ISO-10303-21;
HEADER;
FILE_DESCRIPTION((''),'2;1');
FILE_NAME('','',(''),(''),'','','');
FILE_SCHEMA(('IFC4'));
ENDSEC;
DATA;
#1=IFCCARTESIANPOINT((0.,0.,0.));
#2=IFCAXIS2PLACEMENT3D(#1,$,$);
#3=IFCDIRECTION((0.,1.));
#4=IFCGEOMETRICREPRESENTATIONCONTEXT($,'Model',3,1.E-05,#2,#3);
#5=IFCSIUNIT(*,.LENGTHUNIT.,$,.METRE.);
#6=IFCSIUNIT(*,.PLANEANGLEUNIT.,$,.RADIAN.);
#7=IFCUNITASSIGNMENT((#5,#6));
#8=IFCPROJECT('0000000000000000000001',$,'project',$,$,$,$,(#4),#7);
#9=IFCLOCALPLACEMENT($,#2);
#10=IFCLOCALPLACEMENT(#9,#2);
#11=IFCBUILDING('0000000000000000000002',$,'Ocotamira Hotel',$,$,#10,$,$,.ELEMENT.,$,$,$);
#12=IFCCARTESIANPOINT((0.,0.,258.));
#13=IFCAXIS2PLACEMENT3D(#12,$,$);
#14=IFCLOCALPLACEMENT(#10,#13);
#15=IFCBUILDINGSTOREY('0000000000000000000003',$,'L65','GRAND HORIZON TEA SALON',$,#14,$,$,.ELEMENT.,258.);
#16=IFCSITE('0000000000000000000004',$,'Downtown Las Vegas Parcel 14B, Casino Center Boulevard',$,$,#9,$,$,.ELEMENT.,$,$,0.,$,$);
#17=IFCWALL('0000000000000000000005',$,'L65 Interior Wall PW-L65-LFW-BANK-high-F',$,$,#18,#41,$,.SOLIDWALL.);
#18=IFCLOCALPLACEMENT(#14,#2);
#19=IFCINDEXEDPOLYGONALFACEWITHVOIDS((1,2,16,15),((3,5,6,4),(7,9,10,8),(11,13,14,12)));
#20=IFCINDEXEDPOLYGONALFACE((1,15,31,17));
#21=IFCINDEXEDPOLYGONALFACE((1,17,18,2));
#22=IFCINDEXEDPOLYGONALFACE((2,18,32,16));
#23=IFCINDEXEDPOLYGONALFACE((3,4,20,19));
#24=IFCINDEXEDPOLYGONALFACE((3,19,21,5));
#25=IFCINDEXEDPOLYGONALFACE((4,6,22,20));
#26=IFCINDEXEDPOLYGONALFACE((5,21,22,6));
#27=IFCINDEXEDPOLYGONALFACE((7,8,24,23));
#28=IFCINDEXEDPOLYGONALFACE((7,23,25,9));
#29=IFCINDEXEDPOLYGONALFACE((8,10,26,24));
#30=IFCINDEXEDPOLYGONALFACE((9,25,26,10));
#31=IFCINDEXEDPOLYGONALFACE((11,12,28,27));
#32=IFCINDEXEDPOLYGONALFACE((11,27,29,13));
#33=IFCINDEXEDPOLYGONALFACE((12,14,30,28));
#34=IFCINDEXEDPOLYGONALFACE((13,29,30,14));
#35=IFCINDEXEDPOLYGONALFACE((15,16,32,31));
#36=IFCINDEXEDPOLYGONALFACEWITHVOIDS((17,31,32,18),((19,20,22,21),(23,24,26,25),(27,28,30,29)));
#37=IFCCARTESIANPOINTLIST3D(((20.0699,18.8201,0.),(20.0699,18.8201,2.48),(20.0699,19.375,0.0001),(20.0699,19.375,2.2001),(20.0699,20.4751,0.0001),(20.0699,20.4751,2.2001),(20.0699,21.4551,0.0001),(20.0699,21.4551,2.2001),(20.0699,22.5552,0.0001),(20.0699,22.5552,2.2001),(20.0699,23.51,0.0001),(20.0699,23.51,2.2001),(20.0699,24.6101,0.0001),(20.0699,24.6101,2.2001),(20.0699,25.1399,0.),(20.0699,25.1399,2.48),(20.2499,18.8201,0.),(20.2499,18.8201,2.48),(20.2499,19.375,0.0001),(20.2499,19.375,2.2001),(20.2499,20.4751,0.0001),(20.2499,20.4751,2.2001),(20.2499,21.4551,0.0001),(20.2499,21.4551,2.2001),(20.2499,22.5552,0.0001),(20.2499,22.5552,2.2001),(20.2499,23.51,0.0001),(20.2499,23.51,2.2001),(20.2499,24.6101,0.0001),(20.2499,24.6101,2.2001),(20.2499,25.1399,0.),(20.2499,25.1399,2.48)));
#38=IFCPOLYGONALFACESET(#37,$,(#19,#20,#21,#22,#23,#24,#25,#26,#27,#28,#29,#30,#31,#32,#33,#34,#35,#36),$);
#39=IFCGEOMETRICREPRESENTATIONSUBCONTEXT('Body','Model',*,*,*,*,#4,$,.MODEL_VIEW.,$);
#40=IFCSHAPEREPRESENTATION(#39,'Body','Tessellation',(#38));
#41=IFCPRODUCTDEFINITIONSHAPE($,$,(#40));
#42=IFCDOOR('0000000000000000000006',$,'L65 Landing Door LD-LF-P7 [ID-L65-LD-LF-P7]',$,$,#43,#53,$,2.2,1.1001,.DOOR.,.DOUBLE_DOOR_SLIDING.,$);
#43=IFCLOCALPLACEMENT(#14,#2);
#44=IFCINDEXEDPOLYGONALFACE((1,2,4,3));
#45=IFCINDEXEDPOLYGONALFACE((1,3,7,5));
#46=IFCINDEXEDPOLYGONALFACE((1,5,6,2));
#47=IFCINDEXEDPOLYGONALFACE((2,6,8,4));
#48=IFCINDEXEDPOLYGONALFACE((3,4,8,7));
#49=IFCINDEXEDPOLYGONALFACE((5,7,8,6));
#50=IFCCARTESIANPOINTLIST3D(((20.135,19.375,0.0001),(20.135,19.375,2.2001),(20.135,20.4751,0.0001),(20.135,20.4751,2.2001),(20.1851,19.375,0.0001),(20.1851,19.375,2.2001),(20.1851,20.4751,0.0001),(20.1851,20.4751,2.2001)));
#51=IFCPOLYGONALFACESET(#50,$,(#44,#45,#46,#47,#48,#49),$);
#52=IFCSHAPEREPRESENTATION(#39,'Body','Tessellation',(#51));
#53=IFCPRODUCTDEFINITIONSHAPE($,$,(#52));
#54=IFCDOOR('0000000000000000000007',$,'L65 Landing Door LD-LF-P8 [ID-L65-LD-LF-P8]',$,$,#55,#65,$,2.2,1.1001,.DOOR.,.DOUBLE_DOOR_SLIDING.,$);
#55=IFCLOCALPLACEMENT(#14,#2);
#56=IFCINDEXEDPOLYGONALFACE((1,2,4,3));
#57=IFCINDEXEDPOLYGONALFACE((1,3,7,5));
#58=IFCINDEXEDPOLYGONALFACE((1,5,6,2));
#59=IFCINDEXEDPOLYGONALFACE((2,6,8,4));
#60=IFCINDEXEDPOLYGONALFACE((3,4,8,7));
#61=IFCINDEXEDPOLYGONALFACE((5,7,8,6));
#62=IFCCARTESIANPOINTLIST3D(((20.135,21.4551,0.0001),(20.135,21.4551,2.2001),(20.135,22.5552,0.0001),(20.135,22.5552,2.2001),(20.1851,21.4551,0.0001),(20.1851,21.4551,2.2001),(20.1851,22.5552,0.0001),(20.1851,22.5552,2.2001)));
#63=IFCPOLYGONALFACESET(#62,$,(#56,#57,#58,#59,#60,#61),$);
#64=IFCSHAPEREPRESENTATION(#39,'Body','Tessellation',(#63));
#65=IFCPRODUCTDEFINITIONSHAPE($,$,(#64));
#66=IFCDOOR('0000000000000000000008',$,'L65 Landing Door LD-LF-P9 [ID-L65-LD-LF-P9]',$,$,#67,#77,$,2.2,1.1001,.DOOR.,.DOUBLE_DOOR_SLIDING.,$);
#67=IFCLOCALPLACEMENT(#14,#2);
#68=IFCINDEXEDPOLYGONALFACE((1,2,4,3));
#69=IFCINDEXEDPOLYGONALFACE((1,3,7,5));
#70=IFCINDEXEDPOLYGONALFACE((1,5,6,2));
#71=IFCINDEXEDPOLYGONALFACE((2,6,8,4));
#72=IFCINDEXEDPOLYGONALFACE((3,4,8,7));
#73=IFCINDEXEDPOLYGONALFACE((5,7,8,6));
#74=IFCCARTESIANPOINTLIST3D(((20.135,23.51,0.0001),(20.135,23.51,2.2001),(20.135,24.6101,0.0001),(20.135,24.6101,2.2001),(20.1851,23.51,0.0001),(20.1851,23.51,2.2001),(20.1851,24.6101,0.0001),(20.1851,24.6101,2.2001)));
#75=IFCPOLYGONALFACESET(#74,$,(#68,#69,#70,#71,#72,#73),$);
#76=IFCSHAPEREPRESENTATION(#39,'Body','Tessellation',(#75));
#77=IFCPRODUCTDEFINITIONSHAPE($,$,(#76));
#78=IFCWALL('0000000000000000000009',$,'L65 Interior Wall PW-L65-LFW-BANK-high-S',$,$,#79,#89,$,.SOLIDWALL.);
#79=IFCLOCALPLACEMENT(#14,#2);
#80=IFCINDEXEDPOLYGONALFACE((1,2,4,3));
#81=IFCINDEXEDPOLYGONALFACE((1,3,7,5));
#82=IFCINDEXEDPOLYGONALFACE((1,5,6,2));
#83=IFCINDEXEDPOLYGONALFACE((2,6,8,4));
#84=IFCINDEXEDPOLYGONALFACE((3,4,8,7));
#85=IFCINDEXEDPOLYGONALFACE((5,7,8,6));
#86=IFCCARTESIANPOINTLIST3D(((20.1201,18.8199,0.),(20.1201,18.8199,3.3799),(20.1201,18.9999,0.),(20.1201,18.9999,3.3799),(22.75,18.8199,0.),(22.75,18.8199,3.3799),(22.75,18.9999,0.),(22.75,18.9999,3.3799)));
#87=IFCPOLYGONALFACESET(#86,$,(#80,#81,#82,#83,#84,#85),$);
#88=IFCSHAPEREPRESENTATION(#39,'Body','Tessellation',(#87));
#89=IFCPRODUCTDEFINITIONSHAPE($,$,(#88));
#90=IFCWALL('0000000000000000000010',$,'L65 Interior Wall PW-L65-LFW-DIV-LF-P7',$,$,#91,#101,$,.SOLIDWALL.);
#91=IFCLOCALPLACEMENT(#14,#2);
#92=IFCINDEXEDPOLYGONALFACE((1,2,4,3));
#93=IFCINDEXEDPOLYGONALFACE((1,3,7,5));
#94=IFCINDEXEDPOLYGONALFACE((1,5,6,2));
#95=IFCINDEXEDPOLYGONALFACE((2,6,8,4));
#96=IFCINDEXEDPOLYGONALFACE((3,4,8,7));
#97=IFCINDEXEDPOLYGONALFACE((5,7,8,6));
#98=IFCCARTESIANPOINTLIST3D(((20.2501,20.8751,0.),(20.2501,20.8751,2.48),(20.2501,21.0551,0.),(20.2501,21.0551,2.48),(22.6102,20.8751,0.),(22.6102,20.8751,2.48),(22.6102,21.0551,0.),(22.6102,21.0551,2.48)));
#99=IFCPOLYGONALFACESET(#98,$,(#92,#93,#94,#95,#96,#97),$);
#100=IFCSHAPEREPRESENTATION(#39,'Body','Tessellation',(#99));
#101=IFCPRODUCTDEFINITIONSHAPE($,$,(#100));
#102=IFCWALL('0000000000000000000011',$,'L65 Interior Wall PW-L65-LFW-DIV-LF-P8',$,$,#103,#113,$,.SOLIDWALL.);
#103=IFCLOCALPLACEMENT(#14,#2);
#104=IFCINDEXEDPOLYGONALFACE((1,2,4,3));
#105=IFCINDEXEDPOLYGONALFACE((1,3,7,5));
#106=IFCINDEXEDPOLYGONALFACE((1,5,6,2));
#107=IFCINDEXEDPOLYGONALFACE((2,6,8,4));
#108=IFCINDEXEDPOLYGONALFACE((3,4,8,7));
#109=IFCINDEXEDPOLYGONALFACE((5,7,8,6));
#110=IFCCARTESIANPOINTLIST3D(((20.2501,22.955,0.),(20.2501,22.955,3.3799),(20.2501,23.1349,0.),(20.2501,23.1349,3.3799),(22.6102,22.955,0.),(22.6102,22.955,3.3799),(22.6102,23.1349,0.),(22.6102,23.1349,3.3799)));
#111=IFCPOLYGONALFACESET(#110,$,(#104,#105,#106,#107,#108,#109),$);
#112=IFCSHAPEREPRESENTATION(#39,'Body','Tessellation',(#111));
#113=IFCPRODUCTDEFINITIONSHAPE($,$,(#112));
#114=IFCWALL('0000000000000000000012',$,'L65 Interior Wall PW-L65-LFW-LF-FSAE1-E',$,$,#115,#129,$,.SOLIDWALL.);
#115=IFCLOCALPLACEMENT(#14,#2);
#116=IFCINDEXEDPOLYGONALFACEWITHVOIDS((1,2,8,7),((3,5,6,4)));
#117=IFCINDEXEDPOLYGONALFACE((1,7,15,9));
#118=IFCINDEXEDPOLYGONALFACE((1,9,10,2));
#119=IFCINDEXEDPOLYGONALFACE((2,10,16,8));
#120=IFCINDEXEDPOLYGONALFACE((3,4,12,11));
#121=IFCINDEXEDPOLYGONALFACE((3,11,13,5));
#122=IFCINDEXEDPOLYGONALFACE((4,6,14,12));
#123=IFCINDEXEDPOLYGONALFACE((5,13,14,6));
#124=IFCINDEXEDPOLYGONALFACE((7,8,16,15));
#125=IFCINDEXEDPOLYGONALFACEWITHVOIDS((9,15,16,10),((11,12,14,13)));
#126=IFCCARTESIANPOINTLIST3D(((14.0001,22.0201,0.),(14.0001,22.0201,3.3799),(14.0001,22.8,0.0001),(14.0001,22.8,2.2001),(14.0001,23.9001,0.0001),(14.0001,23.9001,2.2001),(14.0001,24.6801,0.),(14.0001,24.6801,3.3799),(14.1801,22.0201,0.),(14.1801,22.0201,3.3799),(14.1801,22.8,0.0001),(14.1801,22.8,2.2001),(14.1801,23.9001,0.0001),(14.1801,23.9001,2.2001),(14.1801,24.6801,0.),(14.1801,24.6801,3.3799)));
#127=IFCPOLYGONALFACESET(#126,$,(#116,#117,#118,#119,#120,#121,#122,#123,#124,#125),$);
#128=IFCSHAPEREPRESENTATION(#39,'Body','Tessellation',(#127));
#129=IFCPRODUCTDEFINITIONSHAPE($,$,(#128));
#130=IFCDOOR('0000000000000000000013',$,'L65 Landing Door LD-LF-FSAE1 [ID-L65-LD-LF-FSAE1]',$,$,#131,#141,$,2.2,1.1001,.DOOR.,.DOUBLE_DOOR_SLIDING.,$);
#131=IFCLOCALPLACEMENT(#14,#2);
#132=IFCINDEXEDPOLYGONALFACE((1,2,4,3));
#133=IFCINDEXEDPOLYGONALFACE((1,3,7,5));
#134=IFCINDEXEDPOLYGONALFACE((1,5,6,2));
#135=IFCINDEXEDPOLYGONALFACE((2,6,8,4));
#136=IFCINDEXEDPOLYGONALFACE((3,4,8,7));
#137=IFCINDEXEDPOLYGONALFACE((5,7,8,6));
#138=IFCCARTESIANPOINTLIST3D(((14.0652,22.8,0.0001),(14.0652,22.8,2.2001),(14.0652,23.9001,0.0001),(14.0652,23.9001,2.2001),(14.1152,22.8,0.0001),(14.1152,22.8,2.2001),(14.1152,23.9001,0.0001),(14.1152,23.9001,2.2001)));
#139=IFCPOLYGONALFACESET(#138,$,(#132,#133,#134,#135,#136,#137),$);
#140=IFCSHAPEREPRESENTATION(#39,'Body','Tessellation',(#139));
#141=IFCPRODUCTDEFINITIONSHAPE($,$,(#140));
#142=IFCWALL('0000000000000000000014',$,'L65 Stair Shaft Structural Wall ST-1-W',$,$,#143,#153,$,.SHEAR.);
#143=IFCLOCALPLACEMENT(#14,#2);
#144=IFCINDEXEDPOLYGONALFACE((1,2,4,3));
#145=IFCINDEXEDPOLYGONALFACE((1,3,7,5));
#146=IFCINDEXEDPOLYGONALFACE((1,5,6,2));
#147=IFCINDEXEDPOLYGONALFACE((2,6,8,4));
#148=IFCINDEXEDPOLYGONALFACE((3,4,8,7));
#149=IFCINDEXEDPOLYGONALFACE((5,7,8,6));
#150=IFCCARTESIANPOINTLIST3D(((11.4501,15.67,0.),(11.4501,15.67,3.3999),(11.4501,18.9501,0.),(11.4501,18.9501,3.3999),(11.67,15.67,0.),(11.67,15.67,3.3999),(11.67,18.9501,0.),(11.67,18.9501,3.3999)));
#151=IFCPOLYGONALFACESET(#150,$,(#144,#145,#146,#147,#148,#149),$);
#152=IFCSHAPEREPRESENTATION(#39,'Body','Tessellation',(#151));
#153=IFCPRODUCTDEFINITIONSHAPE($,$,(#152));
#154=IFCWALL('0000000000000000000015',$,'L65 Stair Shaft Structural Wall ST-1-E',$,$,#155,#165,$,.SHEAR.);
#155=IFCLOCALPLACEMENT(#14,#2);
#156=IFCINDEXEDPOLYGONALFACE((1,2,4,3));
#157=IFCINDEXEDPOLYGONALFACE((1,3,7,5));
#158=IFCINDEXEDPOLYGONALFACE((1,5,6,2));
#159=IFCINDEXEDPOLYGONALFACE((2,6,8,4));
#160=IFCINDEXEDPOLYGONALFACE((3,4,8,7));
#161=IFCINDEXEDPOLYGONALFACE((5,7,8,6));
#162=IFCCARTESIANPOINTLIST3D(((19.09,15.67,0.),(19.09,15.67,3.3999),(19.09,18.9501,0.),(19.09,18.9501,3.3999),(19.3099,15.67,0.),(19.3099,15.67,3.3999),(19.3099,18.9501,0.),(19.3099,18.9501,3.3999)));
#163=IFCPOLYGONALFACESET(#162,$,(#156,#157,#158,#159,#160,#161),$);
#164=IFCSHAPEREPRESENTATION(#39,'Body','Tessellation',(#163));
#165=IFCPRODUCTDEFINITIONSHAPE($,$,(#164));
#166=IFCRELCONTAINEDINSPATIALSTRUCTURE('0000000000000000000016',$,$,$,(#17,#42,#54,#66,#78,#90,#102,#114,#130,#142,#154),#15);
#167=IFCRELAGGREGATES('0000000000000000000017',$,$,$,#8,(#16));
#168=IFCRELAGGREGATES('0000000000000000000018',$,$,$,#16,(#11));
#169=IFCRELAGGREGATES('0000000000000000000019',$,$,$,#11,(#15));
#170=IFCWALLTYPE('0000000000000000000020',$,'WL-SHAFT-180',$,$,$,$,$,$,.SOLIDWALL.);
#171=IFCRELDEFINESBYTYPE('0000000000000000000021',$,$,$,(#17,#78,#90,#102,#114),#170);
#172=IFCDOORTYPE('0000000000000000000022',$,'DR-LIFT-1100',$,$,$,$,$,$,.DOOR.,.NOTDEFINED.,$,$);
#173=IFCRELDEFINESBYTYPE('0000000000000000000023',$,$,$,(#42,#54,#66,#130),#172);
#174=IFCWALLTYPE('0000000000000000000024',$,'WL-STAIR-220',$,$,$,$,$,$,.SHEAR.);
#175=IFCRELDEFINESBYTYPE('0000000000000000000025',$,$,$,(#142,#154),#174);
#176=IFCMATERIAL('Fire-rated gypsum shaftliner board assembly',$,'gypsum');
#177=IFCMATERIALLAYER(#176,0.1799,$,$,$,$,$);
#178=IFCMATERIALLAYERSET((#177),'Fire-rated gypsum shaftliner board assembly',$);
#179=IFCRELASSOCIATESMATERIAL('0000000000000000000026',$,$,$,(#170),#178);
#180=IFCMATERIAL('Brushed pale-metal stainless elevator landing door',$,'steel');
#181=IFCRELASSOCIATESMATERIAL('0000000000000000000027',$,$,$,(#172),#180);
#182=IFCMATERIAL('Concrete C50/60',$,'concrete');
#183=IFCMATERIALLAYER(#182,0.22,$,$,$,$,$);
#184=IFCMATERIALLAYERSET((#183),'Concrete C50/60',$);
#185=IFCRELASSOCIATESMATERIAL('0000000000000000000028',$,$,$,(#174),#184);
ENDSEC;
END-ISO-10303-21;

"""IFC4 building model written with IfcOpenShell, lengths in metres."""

from ifc_helpers import new_model, si_unit, direction, frame, frame_2d, origin, place, context, subcontext, project, spatial, rectangle, extrude, source, transform, mapped, material, layer, layer_set, type_object, element, fill, save


model = new_model("IFC4")

# Units and contexts
model_context = context("Model", 3, precision=1e-05, world=origin(), true_north=direction((0.0, 1.0)))
body_context = subcontext(model_context, "Body", "Model", "MODEL_VIEW")
ifc_project = project(units=[si_unit("LENGTHUNIT", "METRE"), si_unit("PLANEANGLEUNIT", "RADIAN")], contexts=[model_context])

# Site, building, storey
site_placement = place(None, origin())
site = spatial("IfcSite", under=ifc_project, at=site_placement, Name="Downtown Las Vegas Parcel 14B, Casino Center Boulevard", CompositionType="ELEMENT", RefElevation=0.0)
building_placement = place(site_placement, origin())
building = spatial("IfcBuilding", under=site, at=building_placement, Name="Ocotamira Hotel", CompositionType="ELEMENT")
storey_placement = place(building_placement, frame((0.0, 0.0, 258.0)))
storey = spatial("IfcBuildingStorey", under=building, at=storey_placement, Name="L65", Description="GRAND HORIZON TEA SALON", CompositionType="ELEMENT", Elevation=258.0)

# Shared definitions
ifc_material_1 = material(Name="Concrete C50/60", Category="concrete")

# Wall, openings, doors
ifc_material_2 = material(Name="Fire-rated gypsum shaftliner board assembly", Category="gypsum")
ifc_layer_1 = layer(ifc_material_2, 0.1799)
ifc_layer_set_1 = layer_set([ifc_layer_1], Name="Fire-rated gypsum shaftliner board assembly")
wall_type_1 = type_object("IfcWallType", Name="WL-SHAFT-180", PredefinedType="SOLIDWALL", material=ifc_layer_set_1)
wall_1_placement = place(storey_placement, frame((20.1599, 18.8201, 0.0), z_axis=(0.0, 0.0, 1.0), x_axis=(0.0, 1.0, 0.0)))
wall_1 = element("IfcWall", 1, at=wall_1_placement, inside=storey, type_object=wall_type_1, Name="L65 Interior Wall PW-L65-LFW-BANK-high-F", PredefinedType="SOLIDWALL", context=body_context, shape_type="SweptSolid", body=[
    extrude(rectangle(XDim=6.3198, YDim=0.1799, at=frame_2d((3.1599, 0.0))), origin(), (0.0, 0.0, 1.0), 2.48),
])
opening_1_placement = place(wall_1_placement, frame((0.5549, 0.0, 0.0)))
opening_1 = element("IfcOpeningElement", 2, at=opening_1_placement, cuts=wall_1, PredefinedType="OPENING", context=body_context, shape_type="SweptSolid", body=[
    extrude(rectangle(XDim=1.1001, YDim=2.2, at=frame_2d((0.55, 1.1001))), frame((0.0, 0.1001, 0.0), z_axis=(0.0, -1.0, 0.0), x_axis=(1.0, 0.0, 0.0)), (0.0, 0.0, 1.0), 0.2),
])
opening_2_placement = place(wall_1_placement, frame((2.635, 0.0, 0.0)))
opening_2 = element("IfcOpeningElement", 3, at=opening_2_placement, cuts=wall_1, PredefinedType="OPENING", context=body_context, shape_type="SweptSolid", body=[
    extrude(rectangle(XDim=1.1001, YDim=2.2, at=frame_2d((0.55, 1.1001))), frame((0.0, 0.1001, 0.0), z_axis=(0.0, -1.0, 0.0), x_axis=(1.0, 0.0, 0.0)), (0.0, 0.0, 1.0), 0.2),
])
opening_3_placement = place(wall_1_placement, frame((4.6899, 0.0, 0.0)))
opening_3 = element("IfcOpeningElement", 4, at=opening_3_placement, cuts=wall_1, PredefinedType="OPENING", context=body_context, shape_type="SweptSolid", body=[
    extrude(rectangle(XDim=1.1001, YDim=2.2, at=frame_2d((0.55, 1.1001))), frame((0.0, 0.1001, 0.0), z_axis=(0.0, -1.0, 0.0), x_axis=(1.0, 0.0, 0.0)), (0.0, 0.0, 1.0), 0.2),
])
ifc_material_3 = material(Name="Brushed pale-metal stainless elevator landing door", Category="steel")
door_type_1 = type_object("IfcDoorType", Name="DR-LIFT-1100", OperationType="NOTDEFINED", PredefinedType="DOOR", material=ifc_material_3)
shared_shape_1 = source(origin(), body_context, "Body", "SweptSolid", [
    extrude(rectangle(XDim=1.1001, YDim=2.2, at=frame_2d((0.55, 1.1001))), frame((0.0, 0.0249, 0.0), z_axis=(0.0, -1.0, 0.0), x_axis=(1.0, 0.0, 0.0)), (0.0, 0.0, 1.0), 0.05),
])
door_1_placement = place(opening_1_placement, origin())
door_1 = element("IfcDoor", 5, at=door_1_placement, inside=storey, type_object=door_type_1, Name="L65 Landing Door LD-LF-P7 [ID-L65-LD-LF-P7]", OperationType="DOUBLE_DOOR_SLIDING", OverallHeight=2.2, OverallWidth=1.1001, PredefinedType="DOOR", context=body_context, shape_type="MappedRepresentation", body=[
    mapped(shared_shape_1, transform((0.0, 0.0, 0.0), scale=1.0)),
])
fill(opening_1, door_1)
door_2_placement = place(opening_2_placement, origin())
door_2 = element("IfcDoor", 6, at=door_2_placement, inside=storey, type_object=door_type_1, Name="L65 Landing Door LD-LF-P8 [ID-L65-LD-LF-P8]", OperationType="DOUBLE_DOOR_SLIDING", OverallHeight=2.2, OverallWidth=1.1001, PredefinedType="DOOR", context=body_context, shape_type="MappedRepresentation", body=[
    mapped(shared_shape_1, transform((0.0, 0.0, 0.0), scale=1.0)),
])
fill(opening_2, door_2)
door_3_placement = place(opening_3_placement, origin())
door_3 = element("IfcDoor", 7, at=door_3_placement, inside=storey, type_object=door_type_1, Name="L65 Landing Door LD-LF-P9 [ID-L65-LD-LF-P9]", OperationType="DOUBLE_DOOR_SLIDING", OverallHeight=2.2, OverallWidth=1.1001, PredefinedType="DOOR", context=body_context, shape_type="MappedRepresentation", body=[
    mapped(shared_shape_1, transform((0.0, 0.0, 0.0), scale=1.0)),
])
fill(opening_3, door_3)

# Walls
wall_2_placement = place(storey_placement, frame((20.1201, 18.9099, 0.0), z_axis=(0.0, 0.0, 1.0), x_axis=(1.0, 0.0, 0.0)))
element("IfcWall", 8, at=wall_2_placement, inside=storey, type_object=wall_type_1, Name="L65 Interior Wall PW-L65-LFW-BANK-high-S", PredefinedType="SOLIDWALL", context=body_context, shape_type="SweptSolid", body=[
    extrude(rectangle(XDim=2.6299, YDim=0.1799, at=frame_2d((1.3149, 0.0))), origin(), (0.0, 0.0, 1.0), 3.3799),
])
wall_3_placement = place(storey_placement, frame((20.25, 20.9651, 0.0), z_axis=(0.0, 0.0, 1.0), x_axis=(1.0, 0.0, 0.0)))
element("IfcWall", 9, at=wall_3_placement, inside=storey, type_object=wall_type_1, Name="L65 Interior Wall PW-L65-LFW-DIV-LF-P7", PredefinedType="SOLIDWALL", context=body_context, shape_type="SweptSolid", body=[
    extrude(rectangle(XDim=2.3601, YDim=0.1799, at=frame_2d((1.1802, 0.0))), origin(), (0.0, 0.0, 1.0), 2.48),
])
wall_4_placement = place(storey_placement, frame((20.25, 23.0449, 0.0), z_axis=(0.0, 0.0, 1.0), x_axis=(1.0, 0.0, 0.0)))
element("IfcWall", 10, at=wall_4_placement, inside=storey, type_object=wall_type_1, Name="L65 Interior Wall PW-L65-LFW-DIV-LF-P8", PredefinedType="SOLIDWALL", context=body_context, shape_type="SweptSolid", body=[
    extrude(rectangle(XDim=2.3601, YDim=0.1799, at=frame_2d((1.1802, 0.0))), origin(), (0.0, 0.0, 1.0), 3.3799),
])

# Wall, opening, door
wall_5_placement = place(storey_placement, frame((14.0901, 22.02, 0.0), z_axis=(0.0, 0.0, 1.0), x_axis=(0.0, 1.0, 0.0)))
wall_5 = element("IfcWall", 11, at=wall_5_placement, inside=storey, type_object=wall_type_1, Name="L65 Interior Wall PW-L65-LFW-LF-FSAE1-E", PredefinedType="SOLIDWALL", context=body_context, shape_type="SweptSolid", body=[
    extrude(rectangle(XDim=2.6599, YDim=0.1799, at=frame_2d((1.3301, 0.0))), origin(), (0.0, 0.0, 1.0), 3.3799),
])
opening_4_placement = place(wall_5_placement, frame((0.78, 0.0, 0.0)))
opening_4 = element("IfcOpeningElement", 12, at=opening_4_placement, cuts=wall_5, PredefinedType="OPENING", context=body_context, shape_type="SweptSolid", body=[
    extrude(rectangle(XDim=1.1001, YDim=2.2, at=frame_2d((0.55, 1.1001))), frame((0.0, 0.1001, 0.0), z_axis=(0.0, -1.0, 0.0), x_axis=(1.0, 0.0, 0.0)), (0.0, 0.0, 1.0), 0.2),
])
door_4_placement = place(opening_4_placement, origin())
door_4 = element("IfcDoor", 13, at=door_4_placement, inside=storey, type_object=door_type_1, Name="L65 Landing Door LD-LF-FSAE1 [ID-L65-LD-LF-FSAE1]", OperationType="DOUBLE_DOOR_SLIDING", OverallHeight=2.2, OverallWidth=1.1001, PredefinedType="DOOR", context=body_context, shape_type="MappedRepresentation", body=[
    mapped(shared_shape_1, transform((0.0, 0.0, 0.0), scale=1.0)),
])
fill(opening_4, door_4)

# Walls
ifc_layer_2 = layer(ifc_material_1, 0.22)
ifc_layer_set_2 = layer_set([ifc_layer_2], Name="Concrete C50/60")
wall_type_2 = type_object("IfcWallType", Name="WL-STAIR-220", PredefinedType="SHEAR", material=ifc_layer_set_2)
for number, where, z_axis, x_axis, name in (
    (14, (11.5601, 15.6699, 0.0), (0.0, 0.0, 1.0), (0.0, 1.0, 0.0), "L65 Stair Shaft Structural Wall ST-1-W"),
    (15, (19.2, 15.6699, 0.0), (0.0, 0.0, 1.0), (0.0, 1.0, 0.0), "L65 Stair Shaft Structural Wall ST-1-E"),
):
    element("IfcWall", number, at=place(storey_placement, frame(where, z_axis=z_axis, x_axis=x_axis)), inside=storey, type_object=wall_type_2, Name=name, PredefinedType="SHEAR", context=body_context, shape_type="SweptSolid", body=[
        extrude(rectangle(XDim=3.28, YDim=0.22, at=frame_2d((1.6401, 0.0))), origin(), (0.0, 0.0, 1.0), 3.3999),
    ])

save(model, "model.ifc")
